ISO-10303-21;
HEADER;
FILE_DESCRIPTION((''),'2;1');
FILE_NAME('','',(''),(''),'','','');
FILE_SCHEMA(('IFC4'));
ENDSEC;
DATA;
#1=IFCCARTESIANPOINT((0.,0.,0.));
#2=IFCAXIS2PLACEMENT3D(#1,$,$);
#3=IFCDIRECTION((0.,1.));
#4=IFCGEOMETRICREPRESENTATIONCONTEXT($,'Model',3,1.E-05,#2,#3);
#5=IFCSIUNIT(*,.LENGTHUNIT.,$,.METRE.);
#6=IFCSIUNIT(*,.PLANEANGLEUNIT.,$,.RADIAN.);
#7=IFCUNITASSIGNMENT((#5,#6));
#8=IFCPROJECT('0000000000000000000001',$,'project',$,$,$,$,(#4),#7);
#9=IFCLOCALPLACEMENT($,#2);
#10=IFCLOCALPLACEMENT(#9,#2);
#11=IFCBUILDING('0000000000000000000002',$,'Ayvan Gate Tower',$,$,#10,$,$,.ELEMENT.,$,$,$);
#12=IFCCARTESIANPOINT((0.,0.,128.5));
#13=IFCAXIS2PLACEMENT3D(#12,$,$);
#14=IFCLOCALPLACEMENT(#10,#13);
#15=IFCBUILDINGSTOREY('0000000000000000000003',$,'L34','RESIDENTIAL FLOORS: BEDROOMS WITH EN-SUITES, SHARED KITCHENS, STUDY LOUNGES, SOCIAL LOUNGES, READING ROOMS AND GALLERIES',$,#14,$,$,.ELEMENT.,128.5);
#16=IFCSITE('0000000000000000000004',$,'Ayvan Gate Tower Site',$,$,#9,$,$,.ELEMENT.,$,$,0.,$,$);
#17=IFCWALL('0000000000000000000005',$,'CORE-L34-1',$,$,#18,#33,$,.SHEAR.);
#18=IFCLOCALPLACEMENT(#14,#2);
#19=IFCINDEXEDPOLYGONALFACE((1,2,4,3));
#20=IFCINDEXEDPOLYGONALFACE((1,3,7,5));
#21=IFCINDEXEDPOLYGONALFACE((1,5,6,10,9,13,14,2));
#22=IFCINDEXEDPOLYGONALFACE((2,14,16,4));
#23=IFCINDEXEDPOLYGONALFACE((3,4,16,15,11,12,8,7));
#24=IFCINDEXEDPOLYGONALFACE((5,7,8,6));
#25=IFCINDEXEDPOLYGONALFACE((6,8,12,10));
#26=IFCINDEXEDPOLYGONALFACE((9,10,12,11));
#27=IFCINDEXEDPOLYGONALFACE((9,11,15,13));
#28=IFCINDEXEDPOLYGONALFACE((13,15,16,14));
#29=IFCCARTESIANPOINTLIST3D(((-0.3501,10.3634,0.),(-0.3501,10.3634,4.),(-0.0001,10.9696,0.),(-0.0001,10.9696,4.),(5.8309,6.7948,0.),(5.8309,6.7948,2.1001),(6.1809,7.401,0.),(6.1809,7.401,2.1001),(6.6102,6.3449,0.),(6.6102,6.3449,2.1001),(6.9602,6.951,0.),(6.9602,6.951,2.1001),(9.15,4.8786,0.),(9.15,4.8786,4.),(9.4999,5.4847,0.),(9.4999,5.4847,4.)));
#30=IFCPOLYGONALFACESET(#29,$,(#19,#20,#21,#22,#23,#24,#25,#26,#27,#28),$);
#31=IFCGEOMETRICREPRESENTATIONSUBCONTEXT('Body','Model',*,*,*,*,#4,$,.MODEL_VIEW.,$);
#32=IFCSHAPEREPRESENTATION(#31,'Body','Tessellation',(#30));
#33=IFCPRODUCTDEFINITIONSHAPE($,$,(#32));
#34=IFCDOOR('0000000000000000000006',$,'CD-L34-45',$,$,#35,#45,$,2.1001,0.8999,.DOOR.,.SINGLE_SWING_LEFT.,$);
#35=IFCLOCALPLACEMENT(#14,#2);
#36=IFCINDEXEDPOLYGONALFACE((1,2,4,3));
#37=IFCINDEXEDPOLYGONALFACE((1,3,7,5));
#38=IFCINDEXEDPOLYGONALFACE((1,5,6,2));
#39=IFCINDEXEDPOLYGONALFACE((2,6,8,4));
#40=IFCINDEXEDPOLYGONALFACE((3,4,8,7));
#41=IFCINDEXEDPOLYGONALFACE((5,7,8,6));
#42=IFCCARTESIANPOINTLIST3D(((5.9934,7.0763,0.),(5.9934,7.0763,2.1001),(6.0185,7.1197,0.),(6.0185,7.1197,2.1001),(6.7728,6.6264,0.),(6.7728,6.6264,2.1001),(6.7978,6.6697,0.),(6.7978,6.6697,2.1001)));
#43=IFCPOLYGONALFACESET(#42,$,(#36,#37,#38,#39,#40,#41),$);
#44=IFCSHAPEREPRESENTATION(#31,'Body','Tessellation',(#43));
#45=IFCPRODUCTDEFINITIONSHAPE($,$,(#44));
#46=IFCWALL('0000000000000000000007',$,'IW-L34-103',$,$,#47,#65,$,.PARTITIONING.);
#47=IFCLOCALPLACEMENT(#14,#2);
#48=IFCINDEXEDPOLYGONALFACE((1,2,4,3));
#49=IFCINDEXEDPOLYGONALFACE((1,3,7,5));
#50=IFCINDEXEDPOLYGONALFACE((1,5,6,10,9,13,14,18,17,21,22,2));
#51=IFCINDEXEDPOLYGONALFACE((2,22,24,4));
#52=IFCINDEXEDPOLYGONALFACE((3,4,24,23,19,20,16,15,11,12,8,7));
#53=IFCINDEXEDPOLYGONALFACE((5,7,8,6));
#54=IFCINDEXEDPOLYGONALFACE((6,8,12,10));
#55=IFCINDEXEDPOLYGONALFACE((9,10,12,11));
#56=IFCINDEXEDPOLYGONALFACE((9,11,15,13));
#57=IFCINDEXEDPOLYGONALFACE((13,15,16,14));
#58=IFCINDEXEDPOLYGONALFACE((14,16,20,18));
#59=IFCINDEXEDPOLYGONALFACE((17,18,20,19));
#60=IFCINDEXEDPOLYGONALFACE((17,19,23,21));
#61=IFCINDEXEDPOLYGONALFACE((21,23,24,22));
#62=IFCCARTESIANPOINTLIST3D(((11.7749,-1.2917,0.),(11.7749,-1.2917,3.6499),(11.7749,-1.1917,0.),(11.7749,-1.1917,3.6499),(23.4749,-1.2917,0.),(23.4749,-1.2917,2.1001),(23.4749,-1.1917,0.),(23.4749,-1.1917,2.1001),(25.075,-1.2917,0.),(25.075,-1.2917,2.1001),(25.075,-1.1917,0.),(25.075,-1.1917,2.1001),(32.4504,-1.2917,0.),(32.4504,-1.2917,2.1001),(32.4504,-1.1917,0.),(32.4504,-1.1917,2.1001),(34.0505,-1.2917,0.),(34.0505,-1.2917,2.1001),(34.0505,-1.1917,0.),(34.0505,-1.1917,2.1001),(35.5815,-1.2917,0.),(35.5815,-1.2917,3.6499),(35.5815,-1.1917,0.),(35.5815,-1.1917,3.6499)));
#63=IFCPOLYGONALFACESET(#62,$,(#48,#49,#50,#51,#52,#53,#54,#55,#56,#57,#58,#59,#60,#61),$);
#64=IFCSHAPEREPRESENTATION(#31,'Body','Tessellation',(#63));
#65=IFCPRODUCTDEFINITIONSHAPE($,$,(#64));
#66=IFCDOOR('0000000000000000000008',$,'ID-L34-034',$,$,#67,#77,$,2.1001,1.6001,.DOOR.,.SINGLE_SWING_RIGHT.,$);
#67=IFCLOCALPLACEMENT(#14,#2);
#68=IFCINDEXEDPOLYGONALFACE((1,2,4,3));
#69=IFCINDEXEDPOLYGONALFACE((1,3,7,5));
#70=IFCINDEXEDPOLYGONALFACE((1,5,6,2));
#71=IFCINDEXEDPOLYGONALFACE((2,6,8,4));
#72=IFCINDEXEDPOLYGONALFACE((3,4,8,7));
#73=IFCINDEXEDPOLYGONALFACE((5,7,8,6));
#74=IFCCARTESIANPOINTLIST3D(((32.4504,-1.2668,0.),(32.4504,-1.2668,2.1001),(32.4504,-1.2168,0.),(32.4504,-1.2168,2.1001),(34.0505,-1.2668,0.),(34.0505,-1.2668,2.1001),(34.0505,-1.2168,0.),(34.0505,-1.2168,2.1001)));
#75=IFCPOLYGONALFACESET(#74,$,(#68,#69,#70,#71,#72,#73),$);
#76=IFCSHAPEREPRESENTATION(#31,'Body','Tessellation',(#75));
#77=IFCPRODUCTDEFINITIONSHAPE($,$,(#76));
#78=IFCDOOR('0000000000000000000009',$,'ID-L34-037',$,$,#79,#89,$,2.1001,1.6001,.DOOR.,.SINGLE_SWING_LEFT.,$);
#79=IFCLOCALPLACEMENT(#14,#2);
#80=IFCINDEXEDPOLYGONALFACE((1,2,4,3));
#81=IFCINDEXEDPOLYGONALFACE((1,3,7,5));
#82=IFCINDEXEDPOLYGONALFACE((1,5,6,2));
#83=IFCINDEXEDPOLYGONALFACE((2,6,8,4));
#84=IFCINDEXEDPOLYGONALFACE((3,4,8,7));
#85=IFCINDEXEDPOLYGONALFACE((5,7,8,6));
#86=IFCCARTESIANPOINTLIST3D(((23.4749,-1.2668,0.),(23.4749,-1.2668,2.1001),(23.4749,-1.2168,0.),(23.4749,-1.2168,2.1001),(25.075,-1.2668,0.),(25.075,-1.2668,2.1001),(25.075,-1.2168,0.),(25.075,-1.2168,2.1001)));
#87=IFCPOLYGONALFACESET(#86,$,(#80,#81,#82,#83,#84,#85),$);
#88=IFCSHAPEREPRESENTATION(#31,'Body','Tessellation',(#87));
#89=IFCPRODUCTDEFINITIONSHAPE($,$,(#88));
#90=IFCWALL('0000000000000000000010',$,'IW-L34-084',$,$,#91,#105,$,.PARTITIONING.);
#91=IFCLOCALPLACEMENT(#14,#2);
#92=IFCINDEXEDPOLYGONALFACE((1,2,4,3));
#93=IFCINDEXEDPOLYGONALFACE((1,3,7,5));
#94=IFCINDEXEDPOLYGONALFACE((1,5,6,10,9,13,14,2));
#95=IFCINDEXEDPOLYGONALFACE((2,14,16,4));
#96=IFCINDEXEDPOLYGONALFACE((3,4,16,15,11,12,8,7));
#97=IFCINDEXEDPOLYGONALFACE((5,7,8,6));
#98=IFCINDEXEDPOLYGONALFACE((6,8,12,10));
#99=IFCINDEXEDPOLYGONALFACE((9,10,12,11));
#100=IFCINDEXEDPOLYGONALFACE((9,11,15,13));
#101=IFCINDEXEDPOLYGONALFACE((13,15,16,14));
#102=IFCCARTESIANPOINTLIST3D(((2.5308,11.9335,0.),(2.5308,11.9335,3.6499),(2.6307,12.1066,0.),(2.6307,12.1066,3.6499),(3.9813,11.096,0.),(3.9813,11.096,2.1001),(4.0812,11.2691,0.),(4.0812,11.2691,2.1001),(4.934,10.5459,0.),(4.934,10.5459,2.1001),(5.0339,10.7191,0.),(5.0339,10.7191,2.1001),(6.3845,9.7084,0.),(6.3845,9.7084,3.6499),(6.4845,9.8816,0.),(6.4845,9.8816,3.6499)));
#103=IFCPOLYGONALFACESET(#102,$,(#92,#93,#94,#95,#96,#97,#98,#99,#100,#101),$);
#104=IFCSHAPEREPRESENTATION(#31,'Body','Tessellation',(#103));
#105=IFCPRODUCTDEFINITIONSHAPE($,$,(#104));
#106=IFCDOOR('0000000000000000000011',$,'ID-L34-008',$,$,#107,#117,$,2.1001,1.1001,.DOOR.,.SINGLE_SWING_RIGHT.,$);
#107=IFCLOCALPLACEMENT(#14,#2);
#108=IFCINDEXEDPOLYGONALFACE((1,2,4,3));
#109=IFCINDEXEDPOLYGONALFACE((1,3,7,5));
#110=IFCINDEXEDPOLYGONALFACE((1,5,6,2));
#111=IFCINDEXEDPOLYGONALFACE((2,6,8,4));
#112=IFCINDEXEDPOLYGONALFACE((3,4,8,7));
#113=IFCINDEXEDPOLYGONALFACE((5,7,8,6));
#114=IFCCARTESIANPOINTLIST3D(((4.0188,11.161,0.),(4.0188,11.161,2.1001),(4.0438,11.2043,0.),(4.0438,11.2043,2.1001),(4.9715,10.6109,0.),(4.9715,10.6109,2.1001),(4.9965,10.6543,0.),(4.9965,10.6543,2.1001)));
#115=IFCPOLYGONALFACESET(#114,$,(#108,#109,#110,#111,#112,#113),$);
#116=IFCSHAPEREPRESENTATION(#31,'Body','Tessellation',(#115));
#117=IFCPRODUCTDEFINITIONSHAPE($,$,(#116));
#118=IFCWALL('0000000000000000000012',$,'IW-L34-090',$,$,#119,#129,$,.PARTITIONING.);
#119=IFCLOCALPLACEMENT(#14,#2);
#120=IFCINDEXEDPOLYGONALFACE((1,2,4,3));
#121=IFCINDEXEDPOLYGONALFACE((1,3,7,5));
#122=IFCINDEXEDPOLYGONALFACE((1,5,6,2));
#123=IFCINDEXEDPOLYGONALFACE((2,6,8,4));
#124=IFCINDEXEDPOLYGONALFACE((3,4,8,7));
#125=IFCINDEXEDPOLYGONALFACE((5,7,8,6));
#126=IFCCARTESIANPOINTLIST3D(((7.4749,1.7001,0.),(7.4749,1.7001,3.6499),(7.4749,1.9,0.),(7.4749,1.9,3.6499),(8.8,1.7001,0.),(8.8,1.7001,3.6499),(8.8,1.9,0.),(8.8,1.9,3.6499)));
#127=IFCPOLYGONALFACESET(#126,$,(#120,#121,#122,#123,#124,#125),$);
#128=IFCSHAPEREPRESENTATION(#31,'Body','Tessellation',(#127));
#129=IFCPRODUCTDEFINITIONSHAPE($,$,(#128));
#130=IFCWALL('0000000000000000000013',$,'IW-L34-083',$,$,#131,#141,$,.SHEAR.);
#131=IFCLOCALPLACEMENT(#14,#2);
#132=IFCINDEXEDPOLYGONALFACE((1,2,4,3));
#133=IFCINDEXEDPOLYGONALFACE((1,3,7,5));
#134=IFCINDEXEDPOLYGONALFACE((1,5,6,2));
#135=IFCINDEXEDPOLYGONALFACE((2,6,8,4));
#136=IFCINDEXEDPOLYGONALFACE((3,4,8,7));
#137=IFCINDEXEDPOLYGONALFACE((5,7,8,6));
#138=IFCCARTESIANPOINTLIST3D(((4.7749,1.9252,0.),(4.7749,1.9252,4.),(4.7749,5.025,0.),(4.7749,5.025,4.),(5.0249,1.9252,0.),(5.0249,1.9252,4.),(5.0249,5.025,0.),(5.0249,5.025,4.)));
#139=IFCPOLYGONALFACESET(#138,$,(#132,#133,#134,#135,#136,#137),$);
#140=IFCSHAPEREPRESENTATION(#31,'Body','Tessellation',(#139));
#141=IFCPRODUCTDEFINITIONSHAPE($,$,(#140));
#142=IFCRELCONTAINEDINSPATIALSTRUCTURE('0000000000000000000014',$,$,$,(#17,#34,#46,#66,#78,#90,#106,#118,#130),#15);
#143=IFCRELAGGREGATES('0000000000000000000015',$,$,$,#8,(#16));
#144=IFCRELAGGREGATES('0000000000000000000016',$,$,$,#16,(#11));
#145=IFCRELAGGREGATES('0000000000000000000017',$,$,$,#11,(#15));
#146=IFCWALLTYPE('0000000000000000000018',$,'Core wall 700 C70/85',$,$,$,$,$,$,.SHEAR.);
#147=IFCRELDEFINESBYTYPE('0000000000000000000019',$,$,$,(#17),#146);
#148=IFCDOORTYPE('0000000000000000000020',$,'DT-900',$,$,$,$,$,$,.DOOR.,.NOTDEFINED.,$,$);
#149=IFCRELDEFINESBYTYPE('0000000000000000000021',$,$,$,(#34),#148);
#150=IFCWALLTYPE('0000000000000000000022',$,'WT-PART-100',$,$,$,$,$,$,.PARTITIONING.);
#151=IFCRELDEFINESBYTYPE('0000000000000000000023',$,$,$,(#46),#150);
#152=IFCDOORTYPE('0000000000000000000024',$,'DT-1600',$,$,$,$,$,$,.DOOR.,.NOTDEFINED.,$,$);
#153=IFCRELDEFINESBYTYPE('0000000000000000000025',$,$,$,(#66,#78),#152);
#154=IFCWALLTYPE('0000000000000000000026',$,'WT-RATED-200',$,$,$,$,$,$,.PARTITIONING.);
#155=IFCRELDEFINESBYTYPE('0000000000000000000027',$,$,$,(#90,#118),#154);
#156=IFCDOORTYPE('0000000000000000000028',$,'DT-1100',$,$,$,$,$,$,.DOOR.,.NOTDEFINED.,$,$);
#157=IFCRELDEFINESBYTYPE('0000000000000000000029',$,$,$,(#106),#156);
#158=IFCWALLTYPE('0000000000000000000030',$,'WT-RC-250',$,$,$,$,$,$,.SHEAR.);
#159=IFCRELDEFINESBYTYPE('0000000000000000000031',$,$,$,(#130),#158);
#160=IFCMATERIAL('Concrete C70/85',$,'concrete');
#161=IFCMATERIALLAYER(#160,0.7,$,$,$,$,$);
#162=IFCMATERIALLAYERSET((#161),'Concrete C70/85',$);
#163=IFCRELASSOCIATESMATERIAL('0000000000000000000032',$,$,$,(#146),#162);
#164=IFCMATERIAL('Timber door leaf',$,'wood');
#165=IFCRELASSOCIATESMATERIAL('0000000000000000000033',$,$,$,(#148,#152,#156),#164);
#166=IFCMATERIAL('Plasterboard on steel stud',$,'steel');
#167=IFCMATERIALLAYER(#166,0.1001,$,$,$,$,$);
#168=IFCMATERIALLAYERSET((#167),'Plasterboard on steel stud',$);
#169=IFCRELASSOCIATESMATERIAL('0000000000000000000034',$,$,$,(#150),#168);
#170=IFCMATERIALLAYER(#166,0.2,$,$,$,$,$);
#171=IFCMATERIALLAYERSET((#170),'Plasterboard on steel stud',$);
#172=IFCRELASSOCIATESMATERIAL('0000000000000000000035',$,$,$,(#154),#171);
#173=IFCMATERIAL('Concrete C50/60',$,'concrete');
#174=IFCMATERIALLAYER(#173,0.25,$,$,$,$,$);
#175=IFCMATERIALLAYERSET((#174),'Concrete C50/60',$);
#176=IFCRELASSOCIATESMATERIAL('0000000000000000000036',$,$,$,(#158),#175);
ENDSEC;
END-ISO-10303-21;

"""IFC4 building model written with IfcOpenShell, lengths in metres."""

from ifc_helpers import new_model, si_unit, direction, frame, frame_2d, origin, place, context, subcontext, project, spatial, rectangle, extrude, material, layer, layer_set, type_object, element, fill, save


model = new_model("IFC4")

# Units and contexts
model_context = context("Model", 3, precision=1e-05, world=origin(), true_north=direction((0.0, 1.0)))
body_context = subcontext(model_context, "Body", "Model", "MODEL_VIEW")
ifc_project = project(units=[si_unit("LENGTHUNIT", "METRE"), si_unit("PLANEANGLEUNIT", "RADIAN")], contexts=[model_context])

# Site, building, storey
site_placement = place(None, origin())
site = spatial("IfcSite", under=ifc_project, at=site_placement, Name="Ayvan Gate Tower Site", CompositionType="ELEMENT", RefElevation=0.0)
building_placement = place(site_placement, origin())
building = spatial("IfcBuilding", under=site, at=building_placement, Name="Ayvan Gate Tower", CompositionType="ELEMENT")
storey_placement = place(building_placement, frame((0.0, 0.0, 128.5)))
storey = spatial("IfcBuildingStorey", under=building, at=storey_placement, Name="L34", Description="RESIDENTIAL FLOORS: BEDROOMS WITH EN-SUITES, SHARED KITCHENS, STUDY LOUNGES, SOCIAL LOUNGES, READING ROOMS AND GALLERIES", CompositionType="ELEMENT", Elevation=128.5)

# Wall, opening, door
ifc_material_1 = material(Name="Concrete C70/85", Category="concrete")
ifc_layer_1 = layer(ifc_material_1, 0.7)
ifc_layer_set_1 = layer_set([ifc_layer_1], Name="Concrete C70/85")
wall_type_1 = type_object("IfcWallType", Name="Core wall 700 C70/85", PredefinedType="SHEAR", material=ifc_layer_set_1)
wall_1_placement = place(storey_placement, frame((9.325, 5.1816, 0.0), z_axis=(0.0, 0.0, 1.0), x_axis=(-0.866024, 0.500002, 0.0)))
wall_1 = element("IfcWall", 1, at=wall_1_placement, inside=storey, type_object=wall_type_1, Name="CORE-L34-1", PredefinedType="SHEAR", context=body_context, shape_type="SweptSolid", body=[
    extrude(rectangle(XDim=10.9697, YDim=0.7, at=frame_2d((5.4849, 0.0))), origin(), (0.0, 0.0, 1.0), 4.0),
])
opening_1_placement = place(wall_1_placement, frame((2.9326, 0.0, 0.0)))
opening_1 = element("IfcOpeningElement", 2, at=opening_1_placement, cuts=wall_1, PredefinedType="OPENING", context=body_context, shape_type="SweptSolid", body=[
    extrude(rectangle(XDim=0.8999, YDim=2.1001, at=frame_2d((0.45, 1.05))), frame((0.0, 0.3599, 0.0), z_axis=(0.0, -1.0, 0.0), x_axis=(1.0, 0.0, 0.0)), (0.0, 0.0, 1.0), 0.72),
])
ifc_material_2 = material(Name="Timber door leaf", Category="wood")
door_type_1 = type_object("IfcDoorType", Name="DT-900", OperationType="NOTDEFINED", PredefinedType="DOOR", material=ifc_material_2)
door_1_placement = place(opening_1_placement, origin())
door_1 = element("IfcDoor", 3, at=door_1_placement, inside=storey, type_object=door_type_1, Name="CD-L34-45", OperationType="SINGLE_SWING_LEFT", OverallHeight=2.1001, OverallWidth=0.8999, PredefinedType="DOOR", context=body_context, shape_type="SweptSolid", body=[
    extrude(rectangle(XDim=0.8999, YDim=2.1001, at=frame_2d((0.45, 1.05))), frame((0.0, 0.0249, 0.0), z_axis=(0.0, -1.0, 0.0), x_axis=(1.0, 0.0, 0.0)), (0.0, 0.0, 1.0), 0.05),
])
fill(opening_1, door_1)

# Wall, openings, doors
ifc_material_3 = material(Name="Plasterboard on steel stud", Category="steel")
ifc_layer_2 = layer(ifc_material_3, 0.1001)
ifc_layer_set_2 = layer_set([ifc_layer_2], Name="Plasterboard on steel stud")
wall_type_2 = type_object("IfcWallType", Name="WT-PART-100", PredefinedType="PARTITIONING", material=ifc_layer_set_2)
wall_2_placement = place(storey_placement, frame((11.7749, -1.2417, 0.0), z_axis=(0.0, 0.0, 1.0), x_axis=(1.0, 0.0, 0.0)))
wall_2 = element("IfcWall", 4, at=wall_2_placement, inside=storey, type_object=wall_type_2, Name="IW-L34-103", PredefinedType="PARTITIONING", context=body_context, shape_type="SweptSolid", body=[
    extrude(rectangle(XDim=23.8066, YDim=0.1001, at=frame_2d((11.9033, 0.0))), origin(), (0.0, 0.0, 1.0), 3.6499),
])
opening_2_placement = place(wall_2_placement, frame((20.6755, 0.0, 0.0)))
opening_2 = element("IfcOpeningElement", 5, at=opening_2_placement, cuts=wall_2, PredefinedType="OPENING", context=body_context, shape_type="SweptSolid", body=[
    extrude(rectangle(XDim=1.6001, YDim=2.1001, at=frame_2d((0.8, 1.05))), frame((0.0, 0.0601, 0.0), z_axis=(0.0, -1.0, 0.0), x_axis=(1.0, 0.0, 0.0)), (0.0, 0.0, 1.0), 0.1201),
])
opening_3_placement = place(wall_2_placement, frame((11.7, 0.0, 0.0)))
opening_3 = element("IfcOpeningElement", 6, at=opening_3_placement, cuts=wall_2, PredefinedType="OPENING", context=body_context, shape_type="SweptSolid", body=[
    extrude(rectangle(XDim=1.6001, YDim=2.1001, at=frame_2d((0.8, 1.05))), frame((0.0, 0.0601, 0.0), z_axis=(0.0, -1.0, 0.0), x_axis=(1.0, 0.0, 0.0)), (0.0, 0.0, 1.0), 0.1201),
])
door_type_2 = type_object("IfcDoorType", Name="DT-1600", OperationType="NOTDEFINED", PredefinedType="DOOR", material=ifc_material_2)
door_2_placement = place(opening_2_placement, origin())
door_2 = element("IfcDoor", 7, at=door_2_placement, inside=storey, type_object=door_type_2, Name="ID-L34-034", OperationType="SINGLE_SWING_RIGHT", OverallHeight=2.1001, OverallWidth=1.6001, PredefinedType="DOOR", context=body_context, shape_type="SweptSolid", body=[
    extrude(rectangle(XDim=1.6001, YDim=2.1001, at=frame_2d((0.8, 1.05))), frame((0.0, 0.0249, 0.0), z_axis=(0.0, -1.0, 0.0), x_axis=(1.0, 0.0, 0.0)), (0.0, 0.0, 1.0), 0.05),
])
fill(opening_2, door_2)
door_3_placement = place(opening_3_placement, origin())
door_3 = element("IfcDoor", 8, at=door_3_placement, inside=storey, type_object=door_type_2, Name="ID-L34-037", OperationType="SINGLE_SWING_LEFT", OverallHeight=2.1001, OverallWidth=1.6001, PredefinedType="DOOR", context=body_context, shape_type="SweptSolid", body=[
    extrude(rectangle(XDim=1.6001, YDim=2.1001, at=frame_2d((0.8, 1.05))), frame((0.0, 0.0249, 0.0), z_axis=(0.0, -1.0, 0.0), x_axis=(1.0, 0.0, 0.0)), (0.0, 0.0, 1.0), 0.05),
])
fill(opening_3, door_3)

# Wall, opening, door
ifc_layer_3 = layer(ifc_material_3, 0.2)
ifc_layer_set_3 = layer_set([ifc_layer_3], Name="Plasterboard on steel stud")
wall_type_3 = type_object("IfcWallType", Name="WT-RATED-200", PredefinedType="PARTITIONING", material=ifc_layer_set_3)
wall_3_placement = place(storey_placement, frame((6.4346, 9.7949, 0.0), z_axis=(0.0, 0.0, 1.0), x_axis=(-0.866013, 0.500022, 0.0)))
wall_3 = element("IfcWall", 9, at=wall_3_placement, inside=storey, type_object=wall_type_3, Name="IW-L34-084", PredefinedType="PARTITIONING", context=body_context, shape_type="SweptSolid", body=[
    extrude(rectangle(XDim=4.45, YDim=0.2, at=frame_2d((2.2251, 0.0))), origin(), (0.0, 0.0, 1.0), 3.6499),
])
opening_4_placement = place(wall_3_placement, frame((1.675, 0.0, 0.0)))
opening_4 = element("IfcOpeningElement", 10, at=opening_4_placement, cuts=wall_3, PredefinedType="OPENING", context=body_context, shape_type="SweptSolid", body=[
    extrude(rectangle(XDim=1.1001, YDim=2.1001, at=frame_2d((0.55, 1.05))), frame((0.0, 0.1099, 0.0), z_axis=(0.0, -1.0, 0.0), x_axis=(1.0, 0.0, 0.0)), (0.0, 0.0, 1.0), 0.22),
])
door_type_3 = type_object("IfcDoorType", Name="DT-1100", OperationType="NOTDEFINED", PredefinedType="DOOR", material=ifc_material_2)
door_4_placement = place(opening_4_placement, origin())
door_4 = element("IfcDoor", 11, at=door_4_placement, inside=storey, type_object=door_type_3, Name="ID-L34-008", OperationType="SINGLE_SWING_RIGHT", OverallHeight=2.1001, OverallWidth=1.1001, PredefinedType="DOOR", context=body_context, shape_type="SweptSolid", body=[
    extrude(rectangle(XDim=1.1001, YDim=2.1001, at=frame_2d((0.55, 1.05))), frame((0.0, 0.0249, 0.0), z_axis=(0.0, -1.0, 0.0), x_axis=(1.0, 0.0, 0.0)), (0.0, 0.0, 1.0), 0.05),
])
fill(opening_4, door_4)

# Walls
wall_4_placement = place(storey_placement, frame((7.4749, 1.8, 0.0), z_axis=(0.0, 0.0, 1.0), x_axis=(1.0, 0.0, 0.0)))
element("IfcWall", 12, at=wall_4_placement, inside=storey, type_object=wall_type_3, Name="IW-L34-090", PredefinedType="PARTITIONING", context=body_context, shape_type="SweptSolid", body=[
    extrude(rectangle(XDim=1.3252, YDim=0.2, at=frame_2d((0.6626, 0.0))), origin(), (0.0, 0.0, 1.0), 3.6499),
])
ifc_material_4 = material(Name="Concrete C50/60", Category="concrete")
ifc_layer_4 = layer(ifc_material_4, 0.25)
ifc_layer_set_4 = layer_set([ifc_layer_4], Name="Concrete C50/60")
wall_type_4 = type_object("IfcWallType", Name="WT-RC-250", PredefinedType="SHEAR", material=ifc_layer_set_4)
wall_5_placement = place(storey_placement, frame((4.8999, 5.0249, 0.0), z_axis=(0.0, 0.0, 1.0), x_axis=(0.0, -1.0, 0.0)))
element("IfcWall", 13, at=wall_5_placement, inside=storey, type_object=wall_type_4, Name="IW-L34-083", PredefinedType="SHEAR", context=body_context, shape_type="SweptSolid", body=[
    extrude(rectangle(XDim=3.0999, YDim=0.25, at=frame_2d((1.5498, 0.0))), origin(), (0.0, 0.0, 1.0), 4.0),
])

save(model, "model.ifc")
